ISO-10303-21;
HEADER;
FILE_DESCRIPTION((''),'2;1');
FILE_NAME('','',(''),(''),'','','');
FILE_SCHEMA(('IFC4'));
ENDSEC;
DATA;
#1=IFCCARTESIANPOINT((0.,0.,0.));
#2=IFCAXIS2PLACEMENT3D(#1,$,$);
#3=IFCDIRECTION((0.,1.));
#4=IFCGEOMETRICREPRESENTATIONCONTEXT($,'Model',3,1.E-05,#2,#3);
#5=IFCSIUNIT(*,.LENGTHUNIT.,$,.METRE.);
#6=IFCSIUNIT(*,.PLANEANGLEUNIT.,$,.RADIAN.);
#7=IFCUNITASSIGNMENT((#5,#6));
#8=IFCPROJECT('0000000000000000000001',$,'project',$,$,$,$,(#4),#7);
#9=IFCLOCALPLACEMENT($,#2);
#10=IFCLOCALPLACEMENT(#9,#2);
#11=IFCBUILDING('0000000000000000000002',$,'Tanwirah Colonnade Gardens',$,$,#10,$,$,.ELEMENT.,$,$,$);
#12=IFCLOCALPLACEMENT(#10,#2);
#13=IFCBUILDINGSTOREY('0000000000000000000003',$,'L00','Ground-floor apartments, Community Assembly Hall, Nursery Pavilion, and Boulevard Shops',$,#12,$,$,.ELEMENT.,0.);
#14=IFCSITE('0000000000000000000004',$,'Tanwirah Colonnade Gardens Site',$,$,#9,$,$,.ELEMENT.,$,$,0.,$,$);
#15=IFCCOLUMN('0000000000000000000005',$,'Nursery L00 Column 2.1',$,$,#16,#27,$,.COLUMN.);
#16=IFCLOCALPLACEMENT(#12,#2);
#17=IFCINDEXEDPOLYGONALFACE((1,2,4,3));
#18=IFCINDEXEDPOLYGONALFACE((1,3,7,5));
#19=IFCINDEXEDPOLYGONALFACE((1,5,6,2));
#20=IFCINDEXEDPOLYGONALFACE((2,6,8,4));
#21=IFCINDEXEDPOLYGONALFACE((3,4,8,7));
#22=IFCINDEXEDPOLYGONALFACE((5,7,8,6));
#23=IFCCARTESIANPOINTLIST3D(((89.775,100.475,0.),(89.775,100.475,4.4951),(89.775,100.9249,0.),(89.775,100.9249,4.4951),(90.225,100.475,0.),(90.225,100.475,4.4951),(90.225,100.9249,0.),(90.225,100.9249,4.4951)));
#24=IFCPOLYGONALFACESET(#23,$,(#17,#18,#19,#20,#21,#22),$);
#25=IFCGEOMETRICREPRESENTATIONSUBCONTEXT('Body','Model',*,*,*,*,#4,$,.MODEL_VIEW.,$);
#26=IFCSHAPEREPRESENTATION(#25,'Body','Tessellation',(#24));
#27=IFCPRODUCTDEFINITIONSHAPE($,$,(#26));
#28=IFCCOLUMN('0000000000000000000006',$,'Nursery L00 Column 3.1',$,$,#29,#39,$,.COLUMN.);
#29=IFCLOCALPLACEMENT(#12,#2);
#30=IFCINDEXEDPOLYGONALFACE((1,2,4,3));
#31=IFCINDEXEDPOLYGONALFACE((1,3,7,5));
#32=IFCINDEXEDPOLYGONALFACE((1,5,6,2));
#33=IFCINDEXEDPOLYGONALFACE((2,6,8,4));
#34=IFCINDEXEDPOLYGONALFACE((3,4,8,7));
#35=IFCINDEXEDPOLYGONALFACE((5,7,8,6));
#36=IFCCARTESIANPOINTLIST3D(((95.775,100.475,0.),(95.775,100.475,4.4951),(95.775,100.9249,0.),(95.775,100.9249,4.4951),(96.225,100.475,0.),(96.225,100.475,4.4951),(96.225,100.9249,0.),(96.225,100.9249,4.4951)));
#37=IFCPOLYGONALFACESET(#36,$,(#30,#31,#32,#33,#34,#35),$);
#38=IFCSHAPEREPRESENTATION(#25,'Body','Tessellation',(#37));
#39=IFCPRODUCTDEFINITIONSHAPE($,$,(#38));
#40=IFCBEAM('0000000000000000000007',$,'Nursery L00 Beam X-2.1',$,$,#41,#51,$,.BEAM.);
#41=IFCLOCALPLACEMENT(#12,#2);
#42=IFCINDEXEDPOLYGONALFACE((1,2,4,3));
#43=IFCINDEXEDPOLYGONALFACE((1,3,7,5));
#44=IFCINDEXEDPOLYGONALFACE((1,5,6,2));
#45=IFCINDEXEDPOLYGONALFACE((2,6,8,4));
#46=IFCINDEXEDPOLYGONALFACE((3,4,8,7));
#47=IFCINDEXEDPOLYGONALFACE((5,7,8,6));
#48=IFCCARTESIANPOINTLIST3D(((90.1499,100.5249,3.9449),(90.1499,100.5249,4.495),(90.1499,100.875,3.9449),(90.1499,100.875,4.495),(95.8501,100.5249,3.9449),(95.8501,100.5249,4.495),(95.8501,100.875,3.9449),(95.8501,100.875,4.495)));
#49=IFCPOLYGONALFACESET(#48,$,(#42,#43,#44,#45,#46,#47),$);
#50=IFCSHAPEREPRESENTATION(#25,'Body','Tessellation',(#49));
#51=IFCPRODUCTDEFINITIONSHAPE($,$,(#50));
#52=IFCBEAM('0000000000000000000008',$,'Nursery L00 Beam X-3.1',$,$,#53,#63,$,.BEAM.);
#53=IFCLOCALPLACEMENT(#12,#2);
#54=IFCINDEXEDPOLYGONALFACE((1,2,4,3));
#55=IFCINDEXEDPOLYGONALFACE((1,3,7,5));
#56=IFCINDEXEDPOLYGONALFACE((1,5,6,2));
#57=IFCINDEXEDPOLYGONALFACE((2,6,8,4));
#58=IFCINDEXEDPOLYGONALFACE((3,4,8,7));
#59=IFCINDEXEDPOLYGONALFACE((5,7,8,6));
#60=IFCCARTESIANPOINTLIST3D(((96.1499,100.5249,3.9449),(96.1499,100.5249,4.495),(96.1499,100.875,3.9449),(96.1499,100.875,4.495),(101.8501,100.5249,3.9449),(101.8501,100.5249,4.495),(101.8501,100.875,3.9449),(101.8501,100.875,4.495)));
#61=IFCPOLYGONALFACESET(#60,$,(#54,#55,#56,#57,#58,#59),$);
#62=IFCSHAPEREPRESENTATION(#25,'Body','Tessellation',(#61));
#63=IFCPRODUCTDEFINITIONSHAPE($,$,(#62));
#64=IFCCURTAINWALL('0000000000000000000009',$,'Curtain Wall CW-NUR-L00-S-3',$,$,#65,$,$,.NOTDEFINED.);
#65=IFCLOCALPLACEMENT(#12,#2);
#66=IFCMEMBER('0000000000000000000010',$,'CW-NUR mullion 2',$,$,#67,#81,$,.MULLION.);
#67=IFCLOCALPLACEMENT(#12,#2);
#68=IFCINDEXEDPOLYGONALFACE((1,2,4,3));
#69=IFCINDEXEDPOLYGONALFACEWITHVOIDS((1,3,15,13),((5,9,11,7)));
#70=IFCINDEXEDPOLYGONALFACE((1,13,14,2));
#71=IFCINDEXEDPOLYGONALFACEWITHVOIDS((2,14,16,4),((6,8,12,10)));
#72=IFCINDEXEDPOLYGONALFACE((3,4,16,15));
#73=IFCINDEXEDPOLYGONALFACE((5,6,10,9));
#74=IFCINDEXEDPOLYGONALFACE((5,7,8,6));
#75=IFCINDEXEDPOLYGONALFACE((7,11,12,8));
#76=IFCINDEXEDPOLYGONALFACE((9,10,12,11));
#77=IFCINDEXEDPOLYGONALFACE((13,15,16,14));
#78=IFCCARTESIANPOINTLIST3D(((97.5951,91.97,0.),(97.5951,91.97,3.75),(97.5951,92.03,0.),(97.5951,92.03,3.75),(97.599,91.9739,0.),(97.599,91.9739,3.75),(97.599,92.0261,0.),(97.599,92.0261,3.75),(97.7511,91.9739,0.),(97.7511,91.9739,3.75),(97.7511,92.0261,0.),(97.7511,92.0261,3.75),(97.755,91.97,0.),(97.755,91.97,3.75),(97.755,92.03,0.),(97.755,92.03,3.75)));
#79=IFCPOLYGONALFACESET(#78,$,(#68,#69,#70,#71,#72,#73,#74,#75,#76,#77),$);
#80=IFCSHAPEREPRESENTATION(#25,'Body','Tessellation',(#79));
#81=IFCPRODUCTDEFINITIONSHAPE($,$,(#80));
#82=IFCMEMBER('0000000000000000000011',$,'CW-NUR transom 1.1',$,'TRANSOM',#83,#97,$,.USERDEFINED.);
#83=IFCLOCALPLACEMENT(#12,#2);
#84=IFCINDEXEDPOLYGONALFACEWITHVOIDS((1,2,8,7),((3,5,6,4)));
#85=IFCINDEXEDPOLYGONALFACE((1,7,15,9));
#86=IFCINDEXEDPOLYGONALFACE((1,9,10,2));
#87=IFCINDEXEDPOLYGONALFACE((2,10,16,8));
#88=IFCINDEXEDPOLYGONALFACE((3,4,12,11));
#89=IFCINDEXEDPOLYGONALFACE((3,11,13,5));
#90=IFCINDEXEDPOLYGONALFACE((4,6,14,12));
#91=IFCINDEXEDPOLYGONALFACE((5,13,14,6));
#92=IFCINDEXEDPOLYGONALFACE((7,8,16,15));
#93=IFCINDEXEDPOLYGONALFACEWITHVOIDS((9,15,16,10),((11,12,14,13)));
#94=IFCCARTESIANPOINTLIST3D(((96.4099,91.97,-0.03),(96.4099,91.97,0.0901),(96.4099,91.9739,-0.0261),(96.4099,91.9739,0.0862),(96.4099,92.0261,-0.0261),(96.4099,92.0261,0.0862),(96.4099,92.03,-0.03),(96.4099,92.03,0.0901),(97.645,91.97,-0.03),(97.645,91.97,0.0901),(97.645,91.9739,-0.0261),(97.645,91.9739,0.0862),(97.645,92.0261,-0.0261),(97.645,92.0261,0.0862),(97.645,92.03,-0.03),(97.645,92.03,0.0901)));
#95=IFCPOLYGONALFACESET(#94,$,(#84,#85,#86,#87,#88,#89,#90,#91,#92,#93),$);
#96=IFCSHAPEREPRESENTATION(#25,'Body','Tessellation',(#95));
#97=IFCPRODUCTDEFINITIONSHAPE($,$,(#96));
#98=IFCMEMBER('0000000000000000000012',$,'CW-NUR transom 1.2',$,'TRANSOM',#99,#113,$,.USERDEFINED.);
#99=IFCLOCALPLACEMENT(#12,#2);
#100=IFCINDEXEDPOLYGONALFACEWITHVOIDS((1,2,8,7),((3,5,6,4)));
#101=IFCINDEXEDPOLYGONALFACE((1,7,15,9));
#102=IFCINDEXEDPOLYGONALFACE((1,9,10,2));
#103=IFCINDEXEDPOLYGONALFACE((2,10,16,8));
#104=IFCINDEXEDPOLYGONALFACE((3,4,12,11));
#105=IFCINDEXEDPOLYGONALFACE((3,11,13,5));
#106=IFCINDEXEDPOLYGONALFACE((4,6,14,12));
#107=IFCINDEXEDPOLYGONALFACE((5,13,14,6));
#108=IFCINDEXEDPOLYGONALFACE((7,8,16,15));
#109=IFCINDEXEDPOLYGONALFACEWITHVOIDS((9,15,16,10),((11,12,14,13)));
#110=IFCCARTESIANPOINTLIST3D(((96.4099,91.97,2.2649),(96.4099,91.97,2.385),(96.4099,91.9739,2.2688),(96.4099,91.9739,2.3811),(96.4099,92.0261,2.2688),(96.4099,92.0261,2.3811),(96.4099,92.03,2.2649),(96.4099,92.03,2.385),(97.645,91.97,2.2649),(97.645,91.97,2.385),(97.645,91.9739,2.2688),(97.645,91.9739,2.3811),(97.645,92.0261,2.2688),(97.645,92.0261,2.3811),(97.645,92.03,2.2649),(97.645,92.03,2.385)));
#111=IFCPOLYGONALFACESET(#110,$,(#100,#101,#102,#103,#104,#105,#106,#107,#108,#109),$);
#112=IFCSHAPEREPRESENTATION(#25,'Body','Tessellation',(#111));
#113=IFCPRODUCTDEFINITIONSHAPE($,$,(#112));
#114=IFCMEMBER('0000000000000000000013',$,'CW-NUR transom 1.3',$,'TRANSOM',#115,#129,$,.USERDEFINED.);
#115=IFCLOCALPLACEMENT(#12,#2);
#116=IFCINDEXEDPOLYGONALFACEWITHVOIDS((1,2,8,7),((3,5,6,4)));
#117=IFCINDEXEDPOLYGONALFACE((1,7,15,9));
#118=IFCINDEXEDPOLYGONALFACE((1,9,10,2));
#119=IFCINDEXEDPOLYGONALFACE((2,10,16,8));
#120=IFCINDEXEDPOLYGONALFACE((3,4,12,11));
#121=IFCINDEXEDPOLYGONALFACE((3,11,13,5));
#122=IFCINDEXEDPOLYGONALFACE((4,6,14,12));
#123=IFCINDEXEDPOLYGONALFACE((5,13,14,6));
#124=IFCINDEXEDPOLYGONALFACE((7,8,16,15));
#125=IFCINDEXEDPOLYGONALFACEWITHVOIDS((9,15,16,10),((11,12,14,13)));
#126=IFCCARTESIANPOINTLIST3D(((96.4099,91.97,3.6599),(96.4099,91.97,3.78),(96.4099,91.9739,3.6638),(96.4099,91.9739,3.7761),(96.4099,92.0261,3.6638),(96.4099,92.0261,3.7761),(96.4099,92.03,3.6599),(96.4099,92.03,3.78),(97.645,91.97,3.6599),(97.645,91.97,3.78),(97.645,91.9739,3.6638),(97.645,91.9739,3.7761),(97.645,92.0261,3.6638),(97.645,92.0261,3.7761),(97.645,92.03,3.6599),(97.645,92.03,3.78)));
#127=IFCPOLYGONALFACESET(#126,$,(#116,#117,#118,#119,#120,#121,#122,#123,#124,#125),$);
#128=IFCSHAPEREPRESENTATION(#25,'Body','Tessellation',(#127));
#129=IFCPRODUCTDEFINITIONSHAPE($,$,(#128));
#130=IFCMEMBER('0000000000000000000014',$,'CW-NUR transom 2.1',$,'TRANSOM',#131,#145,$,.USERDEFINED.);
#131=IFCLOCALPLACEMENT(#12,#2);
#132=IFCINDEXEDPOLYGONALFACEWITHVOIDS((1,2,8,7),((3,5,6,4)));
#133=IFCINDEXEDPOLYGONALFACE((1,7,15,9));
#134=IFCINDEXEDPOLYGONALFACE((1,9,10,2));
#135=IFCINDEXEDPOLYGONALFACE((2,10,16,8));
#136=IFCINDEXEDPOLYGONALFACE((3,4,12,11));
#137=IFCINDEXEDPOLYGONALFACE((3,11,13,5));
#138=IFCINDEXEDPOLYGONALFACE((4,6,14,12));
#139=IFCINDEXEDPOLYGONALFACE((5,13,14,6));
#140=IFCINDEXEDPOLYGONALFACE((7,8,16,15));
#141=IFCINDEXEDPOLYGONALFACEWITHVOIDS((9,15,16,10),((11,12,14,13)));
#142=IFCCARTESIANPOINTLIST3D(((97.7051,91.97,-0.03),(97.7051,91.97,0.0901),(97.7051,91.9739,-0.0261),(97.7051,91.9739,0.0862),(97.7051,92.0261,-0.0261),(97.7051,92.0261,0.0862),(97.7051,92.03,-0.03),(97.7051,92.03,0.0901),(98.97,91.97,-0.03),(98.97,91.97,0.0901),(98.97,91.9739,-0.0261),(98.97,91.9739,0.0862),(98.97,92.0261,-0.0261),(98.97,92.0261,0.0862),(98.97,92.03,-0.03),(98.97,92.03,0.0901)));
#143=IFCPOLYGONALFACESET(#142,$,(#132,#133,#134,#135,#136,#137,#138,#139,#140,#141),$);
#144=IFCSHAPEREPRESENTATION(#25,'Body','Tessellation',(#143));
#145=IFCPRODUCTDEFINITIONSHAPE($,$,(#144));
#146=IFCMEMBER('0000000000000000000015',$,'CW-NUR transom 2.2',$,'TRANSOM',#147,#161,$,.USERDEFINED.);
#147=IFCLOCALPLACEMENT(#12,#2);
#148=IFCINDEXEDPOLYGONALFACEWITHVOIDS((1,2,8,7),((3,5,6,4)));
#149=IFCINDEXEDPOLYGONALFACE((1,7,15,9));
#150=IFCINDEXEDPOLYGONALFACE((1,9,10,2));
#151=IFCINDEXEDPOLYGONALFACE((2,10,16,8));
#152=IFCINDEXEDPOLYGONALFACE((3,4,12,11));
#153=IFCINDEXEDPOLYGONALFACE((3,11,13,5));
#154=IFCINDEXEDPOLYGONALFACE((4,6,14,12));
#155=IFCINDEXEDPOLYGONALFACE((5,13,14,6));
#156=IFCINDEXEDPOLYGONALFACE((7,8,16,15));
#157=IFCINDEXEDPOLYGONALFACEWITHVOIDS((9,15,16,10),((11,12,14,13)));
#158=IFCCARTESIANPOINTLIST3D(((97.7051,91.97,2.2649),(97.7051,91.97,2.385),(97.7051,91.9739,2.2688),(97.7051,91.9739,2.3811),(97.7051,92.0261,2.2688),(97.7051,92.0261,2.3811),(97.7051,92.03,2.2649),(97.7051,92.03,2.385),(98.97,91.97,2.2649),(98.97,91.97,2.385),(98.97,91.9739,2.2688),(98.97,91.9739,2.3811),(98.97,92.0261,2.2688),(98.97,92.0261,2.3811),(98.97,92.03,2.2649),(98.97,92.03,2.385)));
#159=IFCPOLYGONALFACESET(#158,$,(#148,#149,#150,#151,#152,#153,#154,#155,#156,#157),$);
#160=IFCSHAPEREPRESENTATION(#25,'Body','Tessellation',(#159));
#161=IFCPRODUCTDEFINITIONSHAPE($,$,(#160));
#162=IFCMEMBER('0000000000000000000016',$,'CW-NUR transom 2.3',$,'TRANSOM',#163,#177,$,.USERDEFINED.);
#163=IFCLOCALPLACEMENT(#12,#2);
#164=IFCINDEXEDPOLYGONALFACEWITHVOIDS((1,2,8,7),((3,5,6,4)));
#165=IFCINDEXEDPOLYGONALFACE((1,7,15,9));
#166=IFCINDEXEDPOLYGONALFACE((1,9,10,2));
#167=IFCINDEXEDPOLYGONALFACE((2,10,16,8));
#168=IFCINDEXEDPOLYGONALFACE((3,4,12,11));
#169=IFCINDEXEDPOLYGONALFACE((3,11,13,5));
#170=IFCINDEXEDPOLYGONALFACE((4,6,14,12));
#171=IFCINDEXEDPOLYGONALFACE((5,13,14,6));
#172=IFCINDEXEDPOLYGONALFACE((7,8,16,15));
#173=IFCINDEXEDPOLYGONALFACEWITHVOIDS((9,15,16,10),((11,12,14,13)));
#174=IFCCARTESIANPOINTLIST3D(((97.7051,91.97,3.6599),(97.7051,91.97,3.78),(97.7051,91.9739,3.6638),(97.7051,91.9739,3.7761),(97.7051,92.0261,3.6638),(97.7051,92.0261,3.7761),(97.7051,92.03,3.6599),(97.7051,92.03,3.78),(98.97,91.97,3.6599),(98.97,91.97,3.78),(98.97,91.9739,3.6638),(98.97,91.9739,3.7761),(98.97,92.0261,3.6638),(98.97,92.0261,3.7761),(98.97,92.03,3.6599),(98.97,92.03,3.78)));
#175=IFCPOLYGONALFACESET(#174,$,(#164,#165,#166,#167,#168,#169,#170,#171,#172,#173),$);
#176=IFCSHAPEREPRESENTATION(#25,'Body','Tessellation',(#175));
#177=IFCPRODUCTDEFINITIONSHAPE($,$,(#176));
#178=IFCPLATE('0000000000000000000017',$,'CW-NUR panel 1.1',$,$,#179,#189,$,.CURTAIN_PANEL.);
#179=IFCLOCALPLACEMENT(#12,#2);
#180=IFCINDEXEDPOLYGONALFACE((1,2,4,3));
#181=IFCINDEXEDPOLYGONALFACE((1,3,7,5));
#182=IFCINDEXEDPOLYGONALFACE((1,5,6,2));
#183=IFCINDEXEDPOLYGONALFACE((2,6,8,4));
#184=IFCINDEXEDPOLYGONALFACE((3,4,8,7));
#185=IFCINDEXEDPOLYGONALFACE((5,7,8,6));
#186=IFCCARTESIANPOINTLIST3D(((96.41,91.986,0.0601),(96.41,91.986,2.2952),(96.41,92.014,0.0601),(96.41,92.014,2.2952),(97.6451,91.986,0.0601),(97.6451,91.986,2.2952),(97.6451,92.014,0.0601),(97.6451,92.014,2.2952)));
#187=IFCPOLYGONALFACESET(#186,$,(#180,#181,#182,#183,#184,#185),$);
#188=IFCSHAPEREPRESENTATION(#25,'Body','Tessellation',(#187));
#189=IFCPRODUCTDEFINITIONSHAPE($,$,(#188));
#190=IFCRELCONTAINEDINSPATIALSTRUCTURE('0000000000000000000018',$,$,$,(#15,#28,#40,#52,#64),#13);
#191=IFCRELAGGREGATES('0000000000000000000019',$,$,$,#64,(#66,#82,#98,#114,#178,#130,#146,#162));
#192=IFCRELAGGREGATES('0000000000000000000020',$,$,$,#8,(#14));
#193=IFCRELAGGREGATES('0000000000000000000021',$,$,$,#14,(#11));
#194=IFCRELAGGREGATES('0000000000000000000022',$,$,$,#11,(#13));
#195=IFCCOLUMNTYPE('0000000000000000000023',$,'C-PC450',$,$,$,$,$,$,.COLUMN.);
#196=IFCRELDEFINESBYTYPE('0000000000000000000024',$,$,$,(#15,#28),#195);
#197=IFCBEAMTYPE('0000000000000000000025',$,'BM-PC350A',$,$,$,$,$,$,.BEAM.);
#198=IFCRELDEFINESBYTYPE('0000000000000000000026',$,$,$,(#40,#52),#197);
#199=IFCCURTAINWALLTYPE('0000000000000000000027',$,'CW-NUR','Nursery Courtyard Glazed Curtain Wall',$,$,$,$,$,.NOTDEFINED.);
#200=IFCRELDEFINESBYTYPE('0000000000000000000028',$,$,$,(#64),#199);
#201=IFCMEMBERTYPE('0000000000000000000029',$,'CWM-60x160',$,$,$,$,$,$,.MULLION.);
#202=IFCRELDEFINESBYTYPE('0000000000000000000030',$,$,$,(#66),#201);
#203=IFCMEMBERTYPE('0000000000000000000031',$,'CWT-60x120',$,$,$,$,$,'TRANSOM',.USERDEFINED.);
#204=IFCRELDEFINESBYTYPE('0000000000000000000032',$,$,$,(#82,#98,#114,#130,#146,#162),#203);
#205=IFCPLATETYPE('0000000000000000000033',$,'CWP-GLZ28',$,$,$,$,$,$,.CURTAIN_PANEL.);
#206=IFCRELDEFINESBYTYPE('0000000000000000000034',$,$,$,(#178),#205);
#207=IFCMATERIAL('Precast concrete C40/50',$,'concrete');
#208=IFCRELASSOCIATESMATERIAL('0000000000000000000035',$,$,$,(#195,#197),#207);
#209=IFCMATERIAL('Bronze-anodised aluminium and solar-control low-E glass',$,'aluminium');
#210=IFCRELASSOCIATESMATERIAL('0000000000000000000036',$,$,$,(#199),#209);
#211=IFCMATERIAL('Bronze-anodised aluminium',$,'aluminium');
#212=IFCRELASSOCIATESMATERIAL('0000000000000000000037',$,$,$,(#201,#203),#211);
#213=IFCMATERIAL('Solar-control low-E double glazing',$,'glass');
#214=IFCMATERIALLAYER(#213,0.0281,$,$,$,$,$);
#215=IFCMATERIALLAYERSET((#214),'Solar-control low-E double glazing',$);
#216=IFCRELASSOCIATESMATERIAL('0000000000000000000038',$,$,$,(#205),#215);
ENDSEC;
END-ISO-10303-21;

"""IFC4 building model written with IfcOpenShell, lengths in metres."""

from ifc_helpers import new_model, si_unit, direction, frame, origin, origin_2d, place, context, subcontext, project, spatial, rectangle, hollow_rectangle, extrude, material, layer, layer_set, material_profile, profile_set, type_object, element, aggregate, save


model = new_model("IFC4")

# Units and contexts
model_context = context("Model", 3, precision=1e-05, world=origin(), true_north=direction((0.0, 1.0)))
body_context = subcontext(model_context, "Body", "Model", "MODEL_VIEW")
ifc_project = project(units=[si_unit("LENGTHUNIT", "METRE"), si_unit("PLANEANGLEUNIT", "RADIAN")], contexts=[model_context])

# Site, building, storey
site_placement = place(None, origin())
site = spatial("IfcSite", under=ifc_project, at=site_placement, Name="Tanwirah Colonnade Gardens Site", CompositionType="ELEMENT", RefElevation=0.0)
building_placement = place(site_placement, origin())
building = spatial("IfcBuilding", under=site, at=building_placement, Name="Tanwirah Colonnade Gardens", CompositionType="ELEMENT")
storey_placement = place(building_placement, origin())
storey = spatial("IfcBuildingStorey", under=building, at=storey_placement, Name="L00", Description="Ground-floor apartments, Community Assembly Hall, Nursery Pavilion, and Boulevard Shops", CompositionType="ELEMENT", Elevation=0.0)

# Columns
ifc_material_1 = material(Name="Precast concrete C40/50", Category="concrete")
ifc_material_profile_1 = material_profile(ifc_material_1, rectangle(XDim=0.45, YDim=0.45, at=origin_2d()), Name="PC-COL 450x450")
ifc_profile_set_1 = profile_set([ifc_material_profile_1], Name="Precast concrete C40/50")
column_type = type_object("IfcColumnType", Name="C-PC450", PredefinedType="COLUMN", material=ifc_profile_set_1)
for number, where, z_axis, x_axis, name in (
    (1, (90.0, 100.7, 0.0), (0.0, 0.0, 1.0), (1.0, 0.0, 0.0), "Nursery L00 Column 2.1"),
    (2, (96.0, 100.7, 0.0), (0.0, 0.0, 1.0), (1.0, 0.0, 0.0), "Nursery L00 Column 3.1"),
):
    element("IfcColumn", number, at=place(storey_placement, frame(where, z_axis=z_axis, x_axis=x_axis)), inside=storey, type_object=column_type, Name=name, PredefinedType="COLUMN", context=body_context, shape_type="SweptSolid", body=[
        extrude(rectangle(XDim=0.45, YDim=0.45, at=origin_2d()), origin(), (0.0, 0.0, 1.0), 4.4951),
    ])

# Beams
ifc_material_profile_2 = material_profile(ifc_material_1, rectangle(XDim=0.3501, YDim=0.55, at=origin_2d()), Name="PC-BM 350x550")
ifc_profile_set_2 = profile_set([ifc_material_profile_2], Name="Precast concrete C40/50")
beam_type = type_object("IfcBeamType", Name="BM-PC350A", PredefinedType="BEAM", material=ifc_profile_set_2)
for number, where, z_axis, x_axis, name in (
    (3, (90.1499, 100.7, 4.22), (1.0, 0.0, 0.0), (0.0, 1.0, 0.0), "Nursery L00 Beam X-2.1"),
    (4, (96.1499, 100.7, 4.22), (1.0, 0.0, 0.0), (0.0, 1.0, 0.0), "Nursery L00 Beam X-3.1"),
):
    element("IfcBeam", number, at=place(storey_placement, frame(where, z_axis=z_axis, x_axis=x_axis)), inside=storey, type_object=beam_type, Name=name, PredefinedType="BEAM", context=body_context, shape_type="SweptSolid", body=[
        extrude(rectangle(XDim=0.3501, YDim=0.55, at=origin_2d()), origin(), (0.0, 0.0, 1.0), 5.7002),
    ])

# Curtain wall, members, plate
ifc_material_2 = material(Name="Bronze-anodised aluminium and solar-control low-E glass", Category="aluminium")
curtain_wall_type = type_object("IfcCurtainWallType", Name="CW-NUR", Description="Nursery Courtyard Glazed Curtain Wall", PredefinedType="NOTDEFINED", material=ifc_material_2)
curtain_wall_placement = place(storey_placement, origin())
curtain_wall = element("IfcCurtainWall", 5, at=curtain_wall_placement, inside=storey, type_object=curtain_wall_type, Name="Curtain Wall CW-NUR-L00-S-3", PredefinedType="NOTDEFINED")
ifc_material_3 = material(Name="Bronze-anodised aluminium", Category="aluminium")
ifc_material_profile_3 = material_profile(ifc_material_3, hollow_rectangle(XDim=0.0601, YDim=0.1599, WallThickness=0.0039, at=origin_2d()), Name="CW-MUL 60x160x4")
ifc_profile_set_3 = profile_set([ifc_material_profile_3], Name="Bronze-anodised aluminium")
member_type_1 = type_object("IfcMemberType", Name="CWM-60x160", PredefinedType="MULLION", material=ifc_profile_set_3)
member_1_placement = place(storey_placement, frame((97.675, 92.0, 0.0), z_axis=(0.0, 0.0, 1.0), x_axis=(0.0, 1.0, 0.0)))
member_1 = element("IfcMember", 6, at=member_1_placement, type_object=member_type_1, Name="CW-NUR mullion 2", PredefinedType="MULLION", context=body_context, shape_type="SweptSolid", body=[
    extrude(hollow_rectangle(XDim=0.0601, YDim=0.1599, WallThickness=0.0039, at=origin_2d()), origin(), (0.0, 0.0, 1.0), 3.75),
])
ifc_material_profile_4 = material_profile(ifc_material_3, hollow_rectangle(XDim=0.0601, YDim=0.1201, WallThickness=0.0039, at=origin_2d()), Name="CW-TRN 60x120x4")
ifc_profile_set_4 = profile_set([ifc_material_profile_4], Name="Bronze-anodised aluminium")
member_type_2 = type_object("IfcMemberType", Name="CWT-60x120", ElementType="TRANSOM", PredefinedType="USERDEFINED", material=ifc_profile_set_4)
member_2_placement = place(storey_placement, frame((96.4099, 92.0, 0.03), z_axis=(1.0, 0.0, 0.0), x_axis=(0.0, 1.0, 0.0)))
member_2 = element("IfcMember", 7, at=member_2_placement, type_object=member_type_2, Name="CW-NUR transom 1.1", ObjectType="TRANSOM", PredefinedType="USERDEFINED", context=body_context, shape_type="SweptSolid", body=[
    extrude(hollow_rectangle(XDim=0.0601, YDim=0.1201, WallThickness=0.0039, at=origin_2d()), origin(), (0.0, 0.0, 1.0), 1.2351),
])
member_3_placement = place(storey_placement, frame((96.4099, 92.0, 2.325), z_axis=(1.0, 0.0, 0.0), x_axis=(0.0, 1.0, 0.0)))
member_3 = element("IfcMember", 8, at=member_3_placement, type_object=member_type_2, Name="CW-NUR transom 1.2", ObjectType="TRANSOM", PredefinedType="USERDEFINED", context=body_context, shape_type="SweptSolid", body=[
    extrude(hollow_rectangle(XDim=0.0601, YDim=0.1201, WallThickness=0.0039, at=origin_2d()), origin(), (0.0, 0.0, 1.0), 1.2351),
])
member_4_placement = place(storey_placement, frame((96.4099, 92.0, 3.72), z_axis=(1.0, 0.0, 0.0), x_axis=(0.0, 1.0, 0.0)))
member_4 = element("IfcMember", 9, at=member_4_placement, type_object=member_type_2, Name="CW-NUR transom 1.3", ObjectType="TRANSOM", PredefinedType="USERDEFINED", context=body_context, shape_type="SweptSolid", body=[
    extrude(hollow_rectangle(XDim=0.0601, YDim=0.1201, WallThickness=0.0039, at=origin_2d()), origin(), (0.0, 0.0, 1.0), 1.2351),
])
member_5_placement = place(storey_placement, frame((97.7051, 92.0, 0.03), z_axis=(1.0, 0.0, 0.0), x_axis=(0.0, 1.0, 0.0)))
member_5 = element("IfcMember", 10, at=member_5_placement, type_object=member_type_2, Name="CW-NUR transom 2.1", ObjectType="TRANSOM", PredefinedType="USERDEFINED", context=body_context, shape_type="SweptSolid", body=[
    extrude(hollow_rectangle(XDim=0.0601, YDim=0.1201, WallThickness=0.0039, at=origin_2d()), origin(), (0.0, 0.0, 1.0), 1.2649),
])
member_6_placement = place(storey_placement, frame((97.7051, 92.0, 2.325), z_axis=(1.0, 0.0, 0.0), x_axis=(0.0, 1.0, 0.0)))
member_6 = element("IfcMember", 11, at=member_6_placement, type_object=member_type_2, Name="CW-NUR transom 2.2", ObjectType="TRANSOM", PredefinedType="USERDEFINED", context=body_context, shape_type="SweptSolid", body=[
    extrude(hollow_rectangle(XDim=0.0601, YDim=0.1201, WallThickness=0.0039, at=origin_2d()), origin(), (0.0, 0.0, 1.0), 1.2649),
])
member_7_placement = place(storey_placement, frame((97.7051, 92.0, 3.72), z_axis=(1.0, 0.0, 0.0), x_axis=(0.0, 1.0, 0.0)))
member_7 = element("IfcMember", 12, at=member_7_placement, type_object=member_type_2, Name="CW-NUR transom 2.3", ObjectType="TRANSOM", PredefinedType="USERDEFINED", context=body_context, shape_type="SweptSolid", body=[
    extrude(hollow_rectangle(XDim=0.0601, YDim=0.1201, WallThickness=0.0039, at=origin_2d()), origin(), (0.0, 0.0, 1.0), 1.2649),
])
ifc_material_4 = material(Name="Solar-control low-E double glazing", Category="glass")
ifc_layer_1 = layer(ifc_material_4, 0.0281)
ifc_layer_set_1 = layer_set([ifc_layer_1], Name="Solar-control low-E double glazing")
plate_type = type_object("IfcPlateType", Name="CWP-GLZ28", PredefinedType="CURTAIN_PANEL", material=ifc_layer_set_1)
plate_1_placement = place(storey_placement, frame((97.0276, 92.0, 0.0601), z_axis=(0.0, 0.0, 1.0), x_axis=(1.0, 0.0, 0.0)))
plate_1 = element("IfcPlate", 13, at=plate_1_placement, type_object=plate_type, Name="CW-NUR panel 1.1", PredefinedType="CURTAIN_PANEL", context=body_context, shape_type="SweptSolid", body=[
    extrude(rectangle(XDim=1.2351, YDim=0.0281, at=origin_2d()), origin(), (0.0, 0.0, 1.0), 2.2351),
])
aggregate(curtain_wall, [member_1, member_2, member_3, member_4, plate_1, member_5, member_6, member_7])

save(model, "model.ifc")
